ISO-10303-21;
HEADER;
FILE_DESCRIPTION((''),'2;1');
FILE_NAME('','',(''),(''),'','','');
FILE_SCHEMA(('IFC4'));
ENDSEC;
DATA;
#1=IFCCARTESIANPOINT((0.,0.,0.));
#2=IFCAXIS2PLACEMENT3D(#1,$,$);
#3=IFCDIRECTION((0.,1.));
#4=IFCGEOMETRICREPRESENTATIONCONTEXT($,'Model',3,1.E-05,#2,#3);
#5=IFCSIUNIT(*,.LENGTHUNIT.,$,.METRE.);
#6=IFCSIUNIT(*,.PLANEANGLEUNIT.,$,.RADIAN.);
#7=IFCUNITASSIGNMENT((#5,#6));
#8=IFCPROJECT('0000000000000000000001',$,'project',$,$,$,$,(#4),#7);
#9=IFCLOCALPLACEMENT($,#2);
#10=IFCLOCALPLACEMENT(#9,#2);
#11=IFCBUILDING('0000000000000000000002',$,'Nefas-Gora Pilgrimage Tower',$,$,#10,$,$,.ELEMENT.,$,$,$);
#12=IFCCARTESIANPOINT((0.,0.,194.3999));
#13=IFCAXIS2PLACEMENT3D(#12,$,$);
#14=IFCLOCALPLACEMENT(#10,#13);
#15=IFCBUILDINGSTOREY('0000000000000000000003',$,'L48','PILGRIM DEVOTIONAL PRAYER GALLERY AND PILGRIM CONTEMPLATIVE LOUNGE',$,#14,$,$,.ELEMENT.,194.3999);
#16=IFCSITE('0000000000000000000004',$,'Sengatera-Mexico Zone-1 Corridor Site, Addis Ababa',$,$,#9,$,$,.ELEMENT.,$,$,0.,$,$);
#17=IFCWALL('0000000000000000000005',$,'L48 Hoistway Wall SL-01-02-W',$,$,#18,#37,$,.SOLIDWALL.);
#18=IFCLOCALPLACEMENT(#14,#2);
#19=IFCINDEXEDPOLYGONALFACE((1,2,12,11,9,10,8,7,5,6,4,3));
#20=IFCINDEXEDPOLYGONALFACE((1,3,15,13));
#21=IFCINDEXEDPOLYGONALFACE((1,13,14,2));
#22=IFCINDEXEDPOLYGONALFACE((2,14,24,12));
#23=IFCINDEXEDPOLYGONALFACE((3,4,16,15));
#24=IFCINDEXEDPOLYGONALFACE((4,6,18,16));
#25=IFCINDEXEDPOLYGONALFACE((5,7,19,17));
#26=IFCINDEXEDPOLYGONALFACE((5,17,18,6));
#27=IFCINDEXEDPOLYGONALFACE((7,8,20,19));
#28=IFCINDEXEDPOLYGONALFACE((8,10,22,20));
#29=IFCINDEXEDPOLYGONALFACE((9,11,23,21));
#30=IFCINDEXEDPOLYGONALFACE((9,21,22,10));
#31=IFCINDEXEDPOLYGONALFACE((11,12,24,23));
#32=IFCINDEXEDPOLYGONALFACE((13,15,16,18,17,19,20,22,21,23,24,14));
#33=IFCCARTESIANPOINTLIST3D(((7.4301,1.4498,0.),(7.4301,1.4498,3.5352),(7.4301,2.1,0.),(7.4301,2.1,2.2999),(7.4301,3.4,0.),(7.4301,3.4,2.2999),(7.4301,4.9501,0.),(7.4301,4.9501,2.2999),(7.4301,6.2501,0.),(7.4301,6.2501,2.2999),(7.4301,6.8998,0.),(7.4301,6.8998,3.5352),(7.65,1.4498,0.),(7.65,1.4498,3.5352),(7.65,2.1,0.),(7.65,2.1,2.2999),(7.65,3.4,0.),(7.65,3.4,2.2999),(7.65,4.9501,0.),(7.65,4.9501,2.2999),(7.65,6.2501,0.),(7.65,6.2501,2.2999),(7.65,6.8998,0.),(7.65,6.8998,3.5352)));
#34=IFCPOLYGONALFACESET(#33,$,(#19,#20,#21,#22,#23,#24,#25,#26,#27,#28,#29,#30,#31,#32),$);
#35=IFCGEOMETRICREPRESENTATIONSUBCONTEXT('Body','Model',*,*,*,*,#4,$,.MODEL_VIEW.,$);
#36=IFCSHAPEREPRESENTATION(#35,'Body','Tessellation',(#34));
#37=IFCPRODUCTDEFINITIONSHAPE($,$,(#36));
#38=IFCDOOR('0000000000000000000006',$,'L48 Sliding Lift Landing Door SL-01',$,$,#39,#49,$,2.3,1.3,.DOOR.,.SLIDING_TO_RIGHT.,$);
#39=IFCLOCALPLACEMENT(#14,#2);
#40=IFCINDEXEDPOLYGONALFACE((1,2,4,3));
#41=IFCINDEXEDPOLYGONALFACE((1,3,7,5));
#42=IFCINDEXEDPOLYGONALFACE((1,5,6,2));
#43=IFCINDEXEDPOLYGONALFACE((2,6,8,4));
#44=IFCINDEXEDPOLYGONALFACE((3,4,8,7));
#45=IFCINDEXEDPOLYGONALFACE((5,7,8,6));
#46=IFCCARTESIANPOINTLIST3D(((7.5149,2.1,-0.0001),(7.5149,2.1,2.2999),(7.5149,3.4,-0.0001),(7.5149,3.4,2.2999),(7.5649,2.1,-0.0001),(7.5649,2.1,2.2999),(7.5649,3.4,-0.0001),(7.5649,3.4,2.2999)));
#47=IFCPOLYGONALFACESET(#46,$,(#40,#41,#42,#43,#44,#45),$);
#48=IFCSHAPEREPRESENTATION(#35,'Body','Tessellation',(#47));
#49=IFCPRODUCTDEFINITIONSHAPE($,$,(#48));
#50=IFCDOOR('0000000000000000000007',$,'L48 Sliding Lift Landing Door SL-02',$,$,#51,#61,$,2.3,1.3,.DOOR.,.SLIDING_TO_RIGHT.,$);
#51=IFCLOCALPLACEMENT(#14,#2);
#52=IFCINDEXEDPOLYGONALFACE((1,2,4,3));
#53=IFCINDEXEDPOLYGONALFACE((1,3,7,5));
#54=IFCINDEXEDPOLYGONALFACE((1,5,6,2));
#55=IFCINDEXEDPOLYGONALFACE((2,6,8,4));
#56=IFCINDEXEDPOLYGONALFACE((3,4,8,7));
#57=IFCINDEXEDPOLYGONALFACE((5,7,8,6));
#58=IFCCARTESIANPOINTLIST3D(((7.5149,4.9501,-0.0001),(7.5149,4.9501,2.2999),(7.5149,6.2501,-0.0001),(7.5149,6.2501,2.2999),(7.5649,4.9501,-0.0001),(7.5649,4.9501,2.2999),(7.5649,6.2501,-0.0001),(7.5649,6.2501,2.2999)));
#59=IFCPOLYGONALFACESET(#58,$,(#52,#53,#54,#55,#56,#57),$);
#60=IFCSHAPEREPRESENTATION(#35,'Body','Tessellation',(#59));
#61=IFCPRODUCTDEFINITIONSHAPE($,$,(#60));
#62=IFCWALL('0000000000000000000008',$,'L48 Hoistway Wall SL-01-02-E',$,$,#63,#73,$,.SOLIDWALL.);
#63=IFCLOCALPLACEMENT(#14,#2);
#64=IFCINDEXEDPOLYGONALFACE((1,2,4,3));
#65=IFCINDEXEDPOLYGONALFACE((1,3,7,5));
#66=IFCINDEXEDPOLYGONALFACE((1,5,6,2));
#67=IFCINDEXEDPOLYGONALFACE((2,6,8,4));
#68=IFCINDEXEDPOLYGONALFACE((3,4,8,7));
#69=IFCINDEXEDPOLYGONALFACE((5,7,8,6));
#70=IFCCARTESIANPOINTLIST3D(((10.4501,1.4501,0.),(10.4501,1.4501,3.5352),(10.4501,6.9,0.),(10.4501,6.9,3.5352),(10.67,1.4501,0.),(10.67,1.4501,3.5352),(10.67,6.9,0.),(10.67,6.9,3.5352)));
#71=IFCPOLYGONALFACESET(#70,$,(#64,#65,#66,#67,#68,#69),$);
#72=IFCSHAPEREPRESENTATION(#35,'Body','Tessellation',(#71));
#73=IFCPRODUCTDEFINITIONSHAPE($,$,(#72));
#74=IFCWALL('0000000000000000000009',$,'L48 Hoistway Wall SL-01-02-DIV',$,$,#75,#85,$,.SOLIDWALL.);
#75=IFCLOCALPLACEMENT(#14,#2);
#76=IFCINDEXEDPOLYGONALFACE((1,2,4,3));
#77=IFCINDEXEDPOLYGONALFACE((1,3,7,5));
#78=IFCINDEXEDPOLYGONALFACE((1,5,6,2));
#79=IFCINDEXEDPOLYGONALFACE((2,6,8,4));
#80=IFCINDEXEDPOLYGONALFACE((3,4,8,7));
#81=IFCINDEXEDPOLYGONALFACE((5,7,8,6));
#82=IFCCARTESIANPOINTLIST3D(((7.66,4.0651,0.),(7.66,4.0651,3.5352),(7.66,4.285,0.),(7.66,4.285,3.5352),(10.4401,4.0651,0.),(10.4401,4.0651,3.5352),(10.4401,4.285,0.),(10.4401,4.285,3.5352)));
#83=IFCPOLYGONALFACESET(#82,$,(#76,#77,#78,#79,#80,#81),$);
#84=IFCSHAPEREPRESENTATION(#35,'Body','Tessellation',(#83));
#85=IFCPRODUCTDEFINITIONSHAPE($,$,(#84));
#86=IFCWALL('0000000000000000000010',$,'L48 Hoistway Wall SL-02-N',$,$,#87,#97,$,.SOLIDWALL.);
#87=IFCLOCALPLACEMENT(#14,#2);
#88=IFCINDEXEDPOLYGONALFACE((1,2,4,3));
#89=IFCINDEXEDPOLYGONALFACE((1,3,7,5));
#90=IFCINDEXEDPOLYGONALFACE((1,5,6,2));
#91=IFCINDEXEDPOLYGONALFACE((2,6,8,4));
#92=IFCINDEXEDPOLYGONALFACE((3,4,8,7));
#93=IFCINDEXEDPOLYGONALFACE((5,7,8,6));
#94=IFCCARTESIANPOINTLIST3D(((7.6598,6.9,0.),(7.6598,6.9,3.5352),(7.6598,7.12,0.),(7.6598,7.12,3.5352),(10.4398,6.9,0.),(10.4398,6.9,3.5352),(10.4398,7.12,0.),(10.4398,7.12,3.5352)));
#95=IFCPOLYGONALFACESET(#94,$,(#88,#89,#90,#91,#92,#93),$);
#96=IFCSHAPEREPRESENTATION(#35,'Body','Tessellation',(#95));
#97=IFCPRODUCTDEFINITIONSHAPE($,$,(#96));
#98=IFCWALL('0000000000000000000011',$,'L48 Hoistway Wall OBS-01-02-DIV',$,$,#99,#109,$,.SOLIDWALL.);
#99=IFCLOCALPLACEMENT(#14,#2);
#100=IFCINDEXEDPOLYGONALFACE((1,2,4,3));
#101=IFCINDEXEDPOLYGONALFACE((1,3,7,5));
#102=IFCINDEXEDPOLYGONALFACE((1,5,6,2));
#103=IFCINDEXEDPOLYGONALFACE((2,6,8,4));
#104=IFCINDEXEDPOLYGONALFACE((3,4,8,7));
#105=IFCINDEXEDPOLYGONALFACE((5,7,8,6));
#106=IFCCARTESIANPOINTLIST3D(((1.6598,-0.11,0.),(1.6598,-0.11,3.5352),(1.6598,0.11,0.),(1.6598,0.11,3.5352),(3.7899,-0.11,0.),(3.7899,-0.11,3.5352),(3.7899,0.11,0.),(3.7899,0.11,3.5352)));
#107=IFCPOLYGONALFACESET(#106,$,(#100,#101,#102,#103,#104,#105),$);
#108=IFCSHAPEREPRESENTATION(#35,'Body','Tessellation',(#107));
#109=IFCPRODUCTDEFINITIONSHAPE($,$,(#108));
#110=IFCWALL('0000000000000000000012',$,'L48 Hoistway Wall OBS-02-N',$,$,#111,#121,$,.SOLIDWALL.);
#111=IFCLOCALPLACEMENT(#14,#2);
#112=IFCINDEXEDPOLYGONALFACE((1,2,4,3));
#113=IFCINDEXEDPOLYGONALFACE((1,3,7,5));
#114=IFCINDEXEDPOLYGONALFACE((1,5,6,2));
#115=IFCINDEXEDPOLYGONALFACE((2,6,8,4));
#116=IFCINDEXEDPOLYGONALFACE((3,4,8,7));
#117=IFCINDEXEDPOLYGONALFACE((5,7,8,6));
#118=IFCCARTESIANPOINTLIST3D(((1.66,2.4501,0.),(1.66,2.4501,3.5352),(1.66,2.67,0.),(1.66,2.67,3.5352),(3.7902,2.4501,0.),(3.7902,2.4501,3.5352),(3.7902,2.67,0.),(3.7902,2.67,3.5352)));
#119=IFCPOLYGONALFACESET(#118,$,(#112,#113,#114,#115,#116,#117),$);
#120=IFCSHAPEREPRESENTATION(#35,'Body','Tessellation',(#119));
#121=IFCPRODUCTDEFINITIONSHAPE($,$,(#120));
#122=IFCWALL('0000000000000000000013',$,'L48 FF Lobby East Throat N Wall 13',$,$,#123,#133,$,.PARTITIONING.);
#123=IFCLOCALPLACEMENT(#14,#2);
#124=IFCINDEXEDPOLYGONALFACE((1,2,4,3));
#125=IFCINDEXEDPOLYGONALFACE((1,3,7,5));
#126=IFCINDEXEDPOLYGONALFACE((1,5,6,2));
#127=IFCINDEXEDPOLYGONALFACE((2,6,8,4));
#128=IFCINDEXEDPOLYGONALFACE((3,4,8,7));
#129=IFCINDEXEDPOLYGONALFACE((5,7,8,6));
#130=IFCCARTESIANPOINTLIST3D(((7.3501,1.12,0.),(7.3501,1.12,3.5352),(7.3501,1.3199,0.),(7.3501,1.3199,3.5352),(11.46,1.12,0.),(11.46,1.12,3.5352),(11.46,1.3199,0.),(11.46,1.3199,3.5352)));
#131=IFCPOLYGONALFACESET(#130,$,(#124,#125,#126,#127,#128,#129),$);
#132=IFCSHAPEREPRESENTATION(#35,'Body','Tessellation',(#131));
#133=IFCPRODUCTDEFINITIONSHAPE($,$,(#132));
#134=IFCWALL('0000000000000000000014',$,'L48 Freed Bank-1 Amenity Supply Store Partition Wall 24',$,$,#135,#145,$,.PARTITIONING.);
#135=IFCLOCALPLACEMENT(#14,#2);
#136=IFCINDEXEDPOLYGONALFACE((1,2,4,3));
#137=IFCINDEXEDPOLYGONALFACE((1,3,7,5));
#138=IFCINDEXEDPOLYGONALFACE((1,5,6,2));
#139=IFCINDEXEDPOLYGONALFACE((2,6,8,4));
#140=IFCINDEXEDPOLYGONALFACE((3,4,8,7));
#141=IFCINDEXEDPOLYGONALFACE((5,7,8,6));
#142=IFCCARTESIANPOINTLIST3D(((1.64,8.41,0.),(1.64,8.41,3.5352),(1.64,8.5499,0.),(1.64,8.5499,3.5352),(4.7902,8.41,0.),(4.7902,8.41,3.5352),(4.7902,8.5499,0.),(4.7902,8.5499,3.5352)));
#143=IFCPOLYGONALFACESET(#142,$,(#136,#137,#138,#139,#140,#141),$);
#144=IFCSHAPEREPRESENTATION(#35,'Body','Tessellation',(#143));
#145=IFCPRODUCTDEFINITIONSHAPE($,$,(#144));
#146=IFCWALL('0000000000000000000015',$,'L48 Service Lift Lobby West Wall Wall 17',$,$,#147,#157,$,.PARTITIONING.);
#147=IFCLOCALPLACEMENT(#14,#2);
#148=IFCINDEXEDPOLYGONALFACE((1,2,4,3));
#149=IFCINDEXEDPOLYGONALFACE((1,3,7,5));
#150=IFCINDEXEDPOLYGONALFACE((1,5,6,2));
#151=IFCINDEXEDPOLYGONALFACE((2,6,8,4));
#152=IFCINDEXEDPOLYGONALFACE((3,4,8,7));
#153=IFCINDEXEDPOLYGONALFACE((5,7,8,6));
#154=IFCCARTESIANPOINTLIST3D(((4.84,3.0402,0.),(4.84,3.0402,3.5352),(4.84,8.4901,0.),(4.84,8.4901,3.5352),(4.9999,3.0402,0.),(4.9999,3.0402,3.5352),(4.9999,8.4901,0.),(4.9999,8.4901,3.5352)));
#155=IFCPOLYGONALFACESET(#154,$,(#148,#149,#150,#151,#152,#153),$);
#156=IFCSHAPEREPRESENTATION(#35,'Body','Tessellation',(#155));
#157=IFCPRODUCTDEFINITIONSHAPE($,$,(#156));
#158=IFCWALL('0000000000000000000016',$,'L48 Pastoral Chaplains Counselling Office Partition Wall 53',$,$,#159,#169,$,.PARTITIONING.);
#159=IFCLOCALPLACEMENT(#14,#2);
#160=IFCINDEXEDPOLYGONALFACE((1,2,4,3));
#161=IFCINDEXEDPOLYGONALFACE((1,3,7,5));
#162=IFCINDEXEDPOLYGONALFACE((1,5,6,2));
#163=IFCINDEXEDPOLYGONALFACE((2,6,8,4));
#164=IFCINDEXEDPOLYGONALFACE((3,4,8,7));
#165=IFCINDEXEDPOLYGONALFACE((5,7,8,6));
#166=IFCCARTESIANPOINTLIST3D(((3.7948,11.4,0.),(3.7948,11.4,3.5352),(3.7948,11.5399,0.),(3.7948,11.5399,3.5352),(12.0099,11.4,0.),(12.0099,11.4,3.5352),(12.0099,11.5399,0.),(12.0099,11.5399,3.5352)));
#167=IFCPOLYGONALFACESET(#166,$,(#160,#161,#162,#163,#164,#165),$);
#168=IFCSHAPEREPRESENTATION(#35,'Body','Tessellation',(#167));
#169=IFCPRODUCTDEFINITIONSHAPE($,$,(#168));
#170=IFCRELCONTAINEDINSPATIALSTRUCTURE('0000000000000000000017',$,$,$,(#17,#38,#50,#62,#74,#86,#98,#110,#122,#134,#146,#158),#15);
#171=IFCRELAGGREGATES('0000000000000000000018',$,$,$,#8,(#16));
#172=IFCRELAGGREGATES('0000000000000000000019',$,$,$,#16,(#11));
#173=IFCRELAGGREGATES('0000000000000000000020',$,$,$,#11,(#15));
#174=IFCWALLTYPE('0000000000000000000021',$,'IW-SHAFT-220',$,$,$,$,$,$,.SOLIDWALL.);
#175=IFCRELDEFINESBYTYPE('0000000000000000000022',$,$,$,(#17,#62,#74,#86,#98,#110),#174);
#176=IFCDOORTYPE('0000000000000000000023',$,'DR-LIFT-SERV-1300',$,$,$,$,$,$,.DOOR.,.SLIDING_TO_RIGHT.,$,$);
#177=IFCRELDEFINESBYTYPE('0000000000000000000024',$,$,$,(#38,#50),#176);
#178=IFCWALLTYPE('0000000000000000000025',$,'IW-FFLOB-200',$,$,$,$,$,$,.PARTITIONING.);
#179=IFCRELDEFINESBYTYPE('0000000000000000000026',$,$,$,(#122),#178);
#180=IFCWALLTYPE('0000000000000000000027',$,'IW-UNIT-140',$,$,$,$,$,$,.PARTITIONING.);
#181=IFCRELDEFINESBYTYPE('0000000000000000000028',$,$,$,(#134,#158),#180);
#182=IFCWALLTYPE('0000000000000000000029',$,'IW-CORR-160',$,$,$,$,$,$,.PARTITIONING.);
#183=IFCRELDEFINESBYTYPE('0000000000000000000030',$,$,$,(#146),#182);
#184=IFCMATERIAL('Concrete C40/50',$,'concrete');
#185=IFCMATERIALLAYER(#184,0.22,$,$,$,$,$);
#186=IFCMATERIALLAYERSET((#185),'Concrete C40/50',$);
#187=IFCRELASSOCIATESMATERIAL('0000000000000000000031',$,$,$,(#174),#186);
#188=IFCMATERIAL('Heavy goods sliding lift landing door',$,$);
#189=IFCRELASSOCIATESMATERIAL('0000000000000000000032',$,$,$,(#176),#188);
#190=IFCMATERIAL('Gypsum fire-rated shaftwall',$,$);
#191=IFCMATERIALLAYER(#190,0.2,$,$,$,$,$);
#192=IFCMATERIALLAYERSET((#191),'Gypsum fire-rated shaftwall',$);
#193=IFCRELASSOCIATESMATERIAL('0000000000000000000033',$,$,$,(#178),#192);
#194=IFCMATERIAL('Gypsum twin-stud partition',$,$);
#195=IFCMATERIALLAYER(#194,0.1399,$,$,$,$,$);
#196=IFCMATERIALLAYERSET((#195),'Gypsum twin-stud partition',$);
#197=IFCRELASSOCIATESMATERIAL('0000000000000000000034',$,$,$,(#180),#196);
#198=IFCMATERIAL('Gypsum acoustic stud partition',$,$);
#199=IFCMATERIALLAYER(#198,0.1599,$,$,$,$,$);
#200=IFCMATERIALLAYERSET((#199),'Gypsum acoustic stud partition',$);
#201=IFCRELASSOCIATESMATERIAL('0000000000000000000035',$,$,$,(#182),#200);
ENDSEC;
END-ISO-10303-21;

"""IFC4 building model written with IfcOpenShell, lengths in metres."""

from ifc_helpers import new_model, si_unit, direction, frame, frame_2d, origin, place, context, subcontext, project, spatial, rectangle, extrude, source, transform, mapped, material, layer, layer_set, type_object, element, fill, save


model = new_model("IFC4")

# Units and contexts
model_context = context("Model", 3, precision=1e-05, world=origin(), true_north=direction((0.0, 1.0)))
body_context = subcontext(model_context, "Body", "Model", "MODEL_VIEW")
ifc_project = project(units=[si_unit("LENGTHUNIT", "METRE"), si_unit("PLANEANGLEUNIT", "RADIAN")], contexts=[model_context])

# Site, building, storey
site_placement = place(None, origin())
site = spatial("IfcSite", under=ifc_project, at=site_placement, Name="Sengatera-Mexico Zone-1 Corridor Site, Addis Ababa", CompositionType="ELEMENT", RefElevation=0.0)
building_placement = place(site_placement, origin())
building = spatial("IfcBuilding", under=site, at=building_placement, Name="Nefas-Gora Pilgrimage Tower", CompositionType="ELEMENT")
storey_placement = place(building_placement, frame((0.0, 0.0, 194.3999)))
storey = spatial("IfcBuildingStorey", under=building, at=storey_placement, Name="L48", Description="PILGRIM DEVOTIONAL PRAYER GALLERY AND PILGRIM CONTEMPLATIVE LOUNGE", CompositionType="ELEMENT", Elevation=194.3999)

# Wall, openings, doors
ifc_material_1 = material(Name="Concrete C40/50", Category="concrete")
ifc_layer_1 = layer(ifc_material_1, 0.22)
ifc_layer_set_1 = layer_set([ifc_layer_1], Name="Concrete C40/50")
wall_type_1 = type_object("IfcWallType", Name="IW-SHAFT-220", PredefinedType="SOLIDWALL", material=ifc_layer_set_1)
shared_shape_1 = source(origin(), body_context, "Body", "SweptSolid", [
    extrude(rectangle(XDim=5.45, YDim=0.22, at=frame_2d((2.7251, 0.0))), origin(), (0.0, 0.0, 1.0), 3.5352),
])
wall_1_placement = place(storey_placement, frame((7.54, 6.8999, 0.0), z_axis=(0.0, 0.0, 1.0), x_axis=(0.0, -1.0, 0.0)))
wall_1 = element("IfcWall", 1, at=wall_1_placement, inside=storey, type_object=wall_type_1, Name="L48 Hoistway Wall SL-01-02-W", PredefinedType="SOLIDWALL", context=body_context, shape_type="MappedRepresentation", body=[
    mapped(shared_shape_1, transform((0.0, 0.0, 0.0), x_axis=(1.0, 0.0, 0.0), y_axis=(0.0, 1.0, 0.0), z_axis=(0.0, 0.0, 1.0), scale=1.0)),
])
opening_1_placement = place(wall_1_placement, frame((3.5, 0.0, 0.0)))
opening_1 = element("IfcOpeningElement", 2, at=opening_1_placement, cuts=wall_1, PredefinedType="OPENING", context=body_context, shape_type="SweptSolid", body=[
    extrude(rectangle(XDim=1.3, YDim=2.3, at=frame_2d((0.6499, 1.1499))), frame((0.0, 0.1199, 0.0), z_axis=(0.0, -1.0, 0.0), x_axis=(1.0, 0.0, 0.0)), (0.0, 0.0, 1.0), 0.24),
])
opening_2_placement = place(wall_1_placement, frame((0.6499, 0.0, 0.0)))
opening_2 = element("IfcOpeningElement", 3, at=opening_2_placement, cuts=wall_1, PredefinedType="OPENING", context=body_context, shape_type="SweptSolid", body=[
    extrude(rectangle(XDim=1.3, YDim=2.3, at=frame_2d((0.6499, 1.1499))), frame((0.0, 0.1199, 0.0), z_axis=(0.0, -1.0, 0.0), x_axis=(1.0, 0.0, 0.0)), (0.0, 0.0, 1.0), 0.24),
])
ifc_material_2 = material(Name="Heavy goods sliding lift landing door")
door_type_1 = type_object("IfcDoorType", Name="DR-LIFT-SERV-1300", OperationType="SLIDING_TO_RIGHT", PredefinedType="DOOR", material=ifc_material_2)
shared_shape_2 = source(origin(), body_context, "Body", "SweptSolid", [
    extrude(rectangle(XDim=1.3, YDim=2.3, at=frame_2d((0.6499, 1.1499))), frame((0.0, 0.0249, 0.0), z_axis=(0.0, -1.0, 0.0), x_axis=(1.0, 0.0, 0.0)), (0.0, 0.0, 1.0), 0.05),
])
door_1_placement = place(opening_1_placement, origin())
door_1 = element("IfcDoor", 4, at=door_1_placement, inside=storey, type_object=door_type_1, Name="L48 Sliding Lift Landing Door SL-01", OperationType="SLIDING_TO_RIGHT", OverallHeight=2.3, OverallWidth=1.3, PredefinedType="DOOR", context=body_context, shape_type="MappedRepresentation", body=[
    mapped(shared_shape_2, transform((0.0, 0.0, 0.0), x_axis=(1.0, 0.0, 0.0), y_axis=(0.0, 1.0, 0.0), z_axis=(0.0, 0.0, 1.0), scale=1.0)),
])
fill(opening_1, door_1)
door_2_placement = place(opening_2_placement, origin())
door_2 = element("IfcDoor", 5, at=door_2_placement, inside=storey, type_object=door_type_1, Name="L48 Sliding Lift Landing Door SL-02", OperationType="SLIDING_TO_RIGHT", OverallHeight=2.3, OverallWidth=1.3, PredefinedType="DOOR", context=body_context, shape_type="MappedRepresentation", body=[
    mapped(shared_shape_2, transform((0.0, 0.0, 0.0), x_axis=(1.0, 0.0, 0.0), y_axis=(0.0, 1.0, 0.0), z_axis=(0.0, 0.0, 1.0), scale=1.0)),
])
fill(opening_2, door_2)

# Walls
wall_2_placement = place(storey_placement, frame((10.5601, 1.45, 0.0), z_axis=(0.0, 0.0, 1.0), x_axis=(0.0, 1.0, 0.0)))
element("IfcWall", 6, at=wall_2_placement, inside=storey, type_object=wall_type_1, Name="L48 Hoistway Wall SL-01-02-E", PredefinedType="SOLIDWALL", context=body_context, shape_type="MappedRepresentation", body=[
    mapped(shared_shape_1, transform((0.0, 0.0, 0.0), x_axis=(1.0, 0.0, 0.0), y_axis=(0.0, 1.0, 0.0), z_axis=(0.0, 0.0, 1.0), scale=1.0)),
])
shared_shape_3 = source(origin(), body_context, "Body", "SweptSolid", [
    extrude(rectangle(XDim=2.78, YDim=0.22, at=frame_2d((1.3901, 0.0))), origin(), (0.0, 0.0, 1.0), 3.5352),
])
for number, where, z_axis, x_axis, name in (
    (7, (7.6599, 4.175, 0.0), (0.0, 0.0, 1.0), (1.0, 0.0, 0.0), "L48 Hoistway Wall SL-01-02-DIV"),
    (8, (10.4399, 7.01, 0.0), (0.0, 0.0, 1.0), (-1.0, 0.0, 0.0), "L48 Hoistway Wall SL-02-N"),
):
    element("IfcWall", number, at=place(storey_placement, frame(where, z_axis=z_axis, x_axis=x_axis)), inside=storey, type_object=wall_type_1, Name=name, PredefinedType="SOLIDWALL", context=body_context, shape_type="MappedRepresentation", body=[
        mapped(shared_shape_3, transform((0.0, 0.0, 0.0), x_axis=(1.0, 0.0, 0.0), y_axis=(0.0, 1.0, 0.0), z_axis=(0.0, 0.0, 1.0), scale=1.0)),
    ])
shared_shape_4 = source(origin(), body_context, "Body", "SweptSolid", [
    extrude(rectangle(XDim=2.1301, YDim=0.22, at=frame_2d((1.0649, 0.0))), origin(), (0.0, 0.0, 1.0), 3.5352),
])
for number, where, z_axis, x_axis, name in (
    (9, (1.6599, 0.0, 0.0), (0.0, 0.0, 1.0), (1.0, 0.0, 0.0), "L48 Hoistway Wall OBS-01-02-DIV"),
    (10, (3.79, 2.5601, 0.0), (0.0, 0.0, 1.0), (-1.0, 0.0, 0.0), "L48 Hoistway Wall OBS-02-N"),
):
    element("IfcWall", number, at=place(storey_placement, frame(where, z_axis=z_axis, x_axis=x_axis)), inside=storey, type_object=wall_type_1, Name=name, PredefinedType="SOLIDWALL", context=body_context, shape_type="MappedRepresentation", body=[
        mapped(shared_shape_4, transform((0.0, 0.0, 0.0), x_axis=(1.0, 0.0, 0.0), y_axis=(0.0, 1.0, 0.0), z_axis=(0.0, 0.0, 1.0), scale=1.0)),
    ])

# Shared definitions
ifc_material_3 = material(Name="Gypsum fire-rated shaftwall")
ifc_layer_2 = layer(ifc_material_3, 0.2)
ifc_layer_set_2 = layer_set([ifc_layer_2], Name="Gypsum fire-rated shaftwall")
wall_type_2 = type_object("IfcWallType", Name="IW-FFLOB-200", PredefinedType="PARTITIONING", material=ifc_layer_set_2)

# Walls
shared_shape_5 = source(origin(), body_context, "Body", "SweptSolid", [
    extrude(rectangle(XDim=4.1099, YDim=0.2, at=frame_2d((2.0549, 0.0))), origin(), (0.0, 0.0, 1.0), 3.5352),
])
wall_3_placement = place(storey_placement, frame((7.3501, 1.22, 0.0), z_axis=(0.0, 0.0, 1.0), x_axis=(1.0, 0.0, 0.0)))
element("IfcWall", 11, at=wall_3_placement, inside=storey, type_object=wall_type_2, Name="L48 FF Lobby East Throat N Wall 13", PredefinedType="PARTITIONING", context=body_context, shape_type="MappedRepresentation", body=[
    mapped(shared_shape_5, transform((0.0, 0.0, 0.0), x_axis=(1.0, 0.0, 0.0), y_axis=(0.0, 1.0, 0.0), z_axis=(0.0, 0.0, 1.0), scale=1.0)),
])
ifc_material_4 = material(Name="Gypsum twin-stud partition")
ifc_layer_3 = layer(ifc_material_4, 0.1399)
ifc_layer_set_3 = layer_set([ifc_layer_3], Name="Gypsum twin-stud partition")
wall_type_3 = type_object("IfcWallType", Name="IW-UNIT-140", PredefinedType="PARTITIONING", material=ifc_layer_set_3)
shared_shape_6 = source(origin(), body_context, "Body", "SweptSolid", [
    extrude(rectangle(XDim=3.1501, YDim=0.1399, at=frame_2d((1.5752, 0.0))), origin(), (0.0, 0.0, 1.0), 3.5352),
])
wall_4_placement = place(storey_placement, frame((1.6399, 8.48, 0.0), z_axis=(0.0, 0.0, 1.0), x_axis=(1.0, 0.0, 0.0)))
element("IfcWall", 12, at=wall_4_placement, inside=storey, type_object=wall_type_3, Name="L48 Freed Bank-1 Amenity Supply Store Partition Wall 24", PredefinedType="PARTITIONING", context=body_context, shape_type="MappedRepresentation", body=[
    mapped(shared_shape_6, transform((0.0, 0.0, 0.0), x_axis=(1.0, 0.0, 0.0), y_axis=(0.0, 1.0, 0.0), z_axis=(0.0, 0.0, 1.0), scale=1.0)),
])
ifc_material_5 = material(Name="Gypsum acoustic stud partition")
ifc_layer_4 = layer(ifc_material_5, 0.1599)
ifc_layer_set_4 = layer_set([ifc_layer_4], Name="Gypsum acoustic stud partition")
wall_type_4 = type_object("IfcWallType", Name="IW-CORR-160", PredefinedType="PARTITIONING", material=ifc_layer_set_4)
shared_shape_7 = source(origin(), body_context, "Body", "SweptSolid", [
    extrude(rectangle(XDim=5.45, YDim=0.1599, at=frame_2d((2.7251, 0.0))), origin(), (0.0, 0.0, 1.0), 3.5352),
])
wall_5_placement = place(storey_placement, frame((4.9199, 3.04, 0.0), z_axis=(0.0, 0.0, 1.0), x_axis=(0.0, 1.0, 0.0)))
element("IfcWall", 13, at=wall_5_placement, inside=storey, type_object=wall_type_4, Name="L48 Service Lift Lobby West Wall Wall 17", PredefinedType="PARTITIONING", context=body_context, shape_type="MappedRepresentation", body=[
    mapped(shared_shape_7, transform((0.0, 0.0, 0.0), x_axis=(1.0, 0.0, 0.0), y_axis=(0.0, 1.0, 0.0), z_axis=(0.0, 0.0, 1.0), scale=1.0)),
])
shared_shape_8 = source(origin(), body_context, "Body", "SweptSolid", [
    extrude(rectangle(XDim=8.2151, YDim=0.1399, at=frame_2d((4.1074, 0.0))), origin(), (0.0, 0.0, 1.0), 3.5352),
])
wall_6_placement = place(storey_placement, frame((3.7949, 11.47, 0.0), z_axis=(0.0, 0.0, 1.0), x_axis=(1.0, 0.0, 0.0)))
element("IfcWall", 14, at=wall_6_placement, inside=storey, type_object=wall_type_3, Name="L48 Pastoral Chaplains Counselling Office Partition Wall 53", PredefinedType="PARTITIONING", context=body_context, shape_type="MappedRepresentation", body=[
    mapped(shared_shape_8, transform((0.0, 0.0, 0.0), x_axis=(1.0, 0.0, 0.0), y_axis=(0.0, 1.0, 0.0), z_axis=(0.0, 0.0, 1.0), scale=1.0)),
])

save(model, "model.ifc")
